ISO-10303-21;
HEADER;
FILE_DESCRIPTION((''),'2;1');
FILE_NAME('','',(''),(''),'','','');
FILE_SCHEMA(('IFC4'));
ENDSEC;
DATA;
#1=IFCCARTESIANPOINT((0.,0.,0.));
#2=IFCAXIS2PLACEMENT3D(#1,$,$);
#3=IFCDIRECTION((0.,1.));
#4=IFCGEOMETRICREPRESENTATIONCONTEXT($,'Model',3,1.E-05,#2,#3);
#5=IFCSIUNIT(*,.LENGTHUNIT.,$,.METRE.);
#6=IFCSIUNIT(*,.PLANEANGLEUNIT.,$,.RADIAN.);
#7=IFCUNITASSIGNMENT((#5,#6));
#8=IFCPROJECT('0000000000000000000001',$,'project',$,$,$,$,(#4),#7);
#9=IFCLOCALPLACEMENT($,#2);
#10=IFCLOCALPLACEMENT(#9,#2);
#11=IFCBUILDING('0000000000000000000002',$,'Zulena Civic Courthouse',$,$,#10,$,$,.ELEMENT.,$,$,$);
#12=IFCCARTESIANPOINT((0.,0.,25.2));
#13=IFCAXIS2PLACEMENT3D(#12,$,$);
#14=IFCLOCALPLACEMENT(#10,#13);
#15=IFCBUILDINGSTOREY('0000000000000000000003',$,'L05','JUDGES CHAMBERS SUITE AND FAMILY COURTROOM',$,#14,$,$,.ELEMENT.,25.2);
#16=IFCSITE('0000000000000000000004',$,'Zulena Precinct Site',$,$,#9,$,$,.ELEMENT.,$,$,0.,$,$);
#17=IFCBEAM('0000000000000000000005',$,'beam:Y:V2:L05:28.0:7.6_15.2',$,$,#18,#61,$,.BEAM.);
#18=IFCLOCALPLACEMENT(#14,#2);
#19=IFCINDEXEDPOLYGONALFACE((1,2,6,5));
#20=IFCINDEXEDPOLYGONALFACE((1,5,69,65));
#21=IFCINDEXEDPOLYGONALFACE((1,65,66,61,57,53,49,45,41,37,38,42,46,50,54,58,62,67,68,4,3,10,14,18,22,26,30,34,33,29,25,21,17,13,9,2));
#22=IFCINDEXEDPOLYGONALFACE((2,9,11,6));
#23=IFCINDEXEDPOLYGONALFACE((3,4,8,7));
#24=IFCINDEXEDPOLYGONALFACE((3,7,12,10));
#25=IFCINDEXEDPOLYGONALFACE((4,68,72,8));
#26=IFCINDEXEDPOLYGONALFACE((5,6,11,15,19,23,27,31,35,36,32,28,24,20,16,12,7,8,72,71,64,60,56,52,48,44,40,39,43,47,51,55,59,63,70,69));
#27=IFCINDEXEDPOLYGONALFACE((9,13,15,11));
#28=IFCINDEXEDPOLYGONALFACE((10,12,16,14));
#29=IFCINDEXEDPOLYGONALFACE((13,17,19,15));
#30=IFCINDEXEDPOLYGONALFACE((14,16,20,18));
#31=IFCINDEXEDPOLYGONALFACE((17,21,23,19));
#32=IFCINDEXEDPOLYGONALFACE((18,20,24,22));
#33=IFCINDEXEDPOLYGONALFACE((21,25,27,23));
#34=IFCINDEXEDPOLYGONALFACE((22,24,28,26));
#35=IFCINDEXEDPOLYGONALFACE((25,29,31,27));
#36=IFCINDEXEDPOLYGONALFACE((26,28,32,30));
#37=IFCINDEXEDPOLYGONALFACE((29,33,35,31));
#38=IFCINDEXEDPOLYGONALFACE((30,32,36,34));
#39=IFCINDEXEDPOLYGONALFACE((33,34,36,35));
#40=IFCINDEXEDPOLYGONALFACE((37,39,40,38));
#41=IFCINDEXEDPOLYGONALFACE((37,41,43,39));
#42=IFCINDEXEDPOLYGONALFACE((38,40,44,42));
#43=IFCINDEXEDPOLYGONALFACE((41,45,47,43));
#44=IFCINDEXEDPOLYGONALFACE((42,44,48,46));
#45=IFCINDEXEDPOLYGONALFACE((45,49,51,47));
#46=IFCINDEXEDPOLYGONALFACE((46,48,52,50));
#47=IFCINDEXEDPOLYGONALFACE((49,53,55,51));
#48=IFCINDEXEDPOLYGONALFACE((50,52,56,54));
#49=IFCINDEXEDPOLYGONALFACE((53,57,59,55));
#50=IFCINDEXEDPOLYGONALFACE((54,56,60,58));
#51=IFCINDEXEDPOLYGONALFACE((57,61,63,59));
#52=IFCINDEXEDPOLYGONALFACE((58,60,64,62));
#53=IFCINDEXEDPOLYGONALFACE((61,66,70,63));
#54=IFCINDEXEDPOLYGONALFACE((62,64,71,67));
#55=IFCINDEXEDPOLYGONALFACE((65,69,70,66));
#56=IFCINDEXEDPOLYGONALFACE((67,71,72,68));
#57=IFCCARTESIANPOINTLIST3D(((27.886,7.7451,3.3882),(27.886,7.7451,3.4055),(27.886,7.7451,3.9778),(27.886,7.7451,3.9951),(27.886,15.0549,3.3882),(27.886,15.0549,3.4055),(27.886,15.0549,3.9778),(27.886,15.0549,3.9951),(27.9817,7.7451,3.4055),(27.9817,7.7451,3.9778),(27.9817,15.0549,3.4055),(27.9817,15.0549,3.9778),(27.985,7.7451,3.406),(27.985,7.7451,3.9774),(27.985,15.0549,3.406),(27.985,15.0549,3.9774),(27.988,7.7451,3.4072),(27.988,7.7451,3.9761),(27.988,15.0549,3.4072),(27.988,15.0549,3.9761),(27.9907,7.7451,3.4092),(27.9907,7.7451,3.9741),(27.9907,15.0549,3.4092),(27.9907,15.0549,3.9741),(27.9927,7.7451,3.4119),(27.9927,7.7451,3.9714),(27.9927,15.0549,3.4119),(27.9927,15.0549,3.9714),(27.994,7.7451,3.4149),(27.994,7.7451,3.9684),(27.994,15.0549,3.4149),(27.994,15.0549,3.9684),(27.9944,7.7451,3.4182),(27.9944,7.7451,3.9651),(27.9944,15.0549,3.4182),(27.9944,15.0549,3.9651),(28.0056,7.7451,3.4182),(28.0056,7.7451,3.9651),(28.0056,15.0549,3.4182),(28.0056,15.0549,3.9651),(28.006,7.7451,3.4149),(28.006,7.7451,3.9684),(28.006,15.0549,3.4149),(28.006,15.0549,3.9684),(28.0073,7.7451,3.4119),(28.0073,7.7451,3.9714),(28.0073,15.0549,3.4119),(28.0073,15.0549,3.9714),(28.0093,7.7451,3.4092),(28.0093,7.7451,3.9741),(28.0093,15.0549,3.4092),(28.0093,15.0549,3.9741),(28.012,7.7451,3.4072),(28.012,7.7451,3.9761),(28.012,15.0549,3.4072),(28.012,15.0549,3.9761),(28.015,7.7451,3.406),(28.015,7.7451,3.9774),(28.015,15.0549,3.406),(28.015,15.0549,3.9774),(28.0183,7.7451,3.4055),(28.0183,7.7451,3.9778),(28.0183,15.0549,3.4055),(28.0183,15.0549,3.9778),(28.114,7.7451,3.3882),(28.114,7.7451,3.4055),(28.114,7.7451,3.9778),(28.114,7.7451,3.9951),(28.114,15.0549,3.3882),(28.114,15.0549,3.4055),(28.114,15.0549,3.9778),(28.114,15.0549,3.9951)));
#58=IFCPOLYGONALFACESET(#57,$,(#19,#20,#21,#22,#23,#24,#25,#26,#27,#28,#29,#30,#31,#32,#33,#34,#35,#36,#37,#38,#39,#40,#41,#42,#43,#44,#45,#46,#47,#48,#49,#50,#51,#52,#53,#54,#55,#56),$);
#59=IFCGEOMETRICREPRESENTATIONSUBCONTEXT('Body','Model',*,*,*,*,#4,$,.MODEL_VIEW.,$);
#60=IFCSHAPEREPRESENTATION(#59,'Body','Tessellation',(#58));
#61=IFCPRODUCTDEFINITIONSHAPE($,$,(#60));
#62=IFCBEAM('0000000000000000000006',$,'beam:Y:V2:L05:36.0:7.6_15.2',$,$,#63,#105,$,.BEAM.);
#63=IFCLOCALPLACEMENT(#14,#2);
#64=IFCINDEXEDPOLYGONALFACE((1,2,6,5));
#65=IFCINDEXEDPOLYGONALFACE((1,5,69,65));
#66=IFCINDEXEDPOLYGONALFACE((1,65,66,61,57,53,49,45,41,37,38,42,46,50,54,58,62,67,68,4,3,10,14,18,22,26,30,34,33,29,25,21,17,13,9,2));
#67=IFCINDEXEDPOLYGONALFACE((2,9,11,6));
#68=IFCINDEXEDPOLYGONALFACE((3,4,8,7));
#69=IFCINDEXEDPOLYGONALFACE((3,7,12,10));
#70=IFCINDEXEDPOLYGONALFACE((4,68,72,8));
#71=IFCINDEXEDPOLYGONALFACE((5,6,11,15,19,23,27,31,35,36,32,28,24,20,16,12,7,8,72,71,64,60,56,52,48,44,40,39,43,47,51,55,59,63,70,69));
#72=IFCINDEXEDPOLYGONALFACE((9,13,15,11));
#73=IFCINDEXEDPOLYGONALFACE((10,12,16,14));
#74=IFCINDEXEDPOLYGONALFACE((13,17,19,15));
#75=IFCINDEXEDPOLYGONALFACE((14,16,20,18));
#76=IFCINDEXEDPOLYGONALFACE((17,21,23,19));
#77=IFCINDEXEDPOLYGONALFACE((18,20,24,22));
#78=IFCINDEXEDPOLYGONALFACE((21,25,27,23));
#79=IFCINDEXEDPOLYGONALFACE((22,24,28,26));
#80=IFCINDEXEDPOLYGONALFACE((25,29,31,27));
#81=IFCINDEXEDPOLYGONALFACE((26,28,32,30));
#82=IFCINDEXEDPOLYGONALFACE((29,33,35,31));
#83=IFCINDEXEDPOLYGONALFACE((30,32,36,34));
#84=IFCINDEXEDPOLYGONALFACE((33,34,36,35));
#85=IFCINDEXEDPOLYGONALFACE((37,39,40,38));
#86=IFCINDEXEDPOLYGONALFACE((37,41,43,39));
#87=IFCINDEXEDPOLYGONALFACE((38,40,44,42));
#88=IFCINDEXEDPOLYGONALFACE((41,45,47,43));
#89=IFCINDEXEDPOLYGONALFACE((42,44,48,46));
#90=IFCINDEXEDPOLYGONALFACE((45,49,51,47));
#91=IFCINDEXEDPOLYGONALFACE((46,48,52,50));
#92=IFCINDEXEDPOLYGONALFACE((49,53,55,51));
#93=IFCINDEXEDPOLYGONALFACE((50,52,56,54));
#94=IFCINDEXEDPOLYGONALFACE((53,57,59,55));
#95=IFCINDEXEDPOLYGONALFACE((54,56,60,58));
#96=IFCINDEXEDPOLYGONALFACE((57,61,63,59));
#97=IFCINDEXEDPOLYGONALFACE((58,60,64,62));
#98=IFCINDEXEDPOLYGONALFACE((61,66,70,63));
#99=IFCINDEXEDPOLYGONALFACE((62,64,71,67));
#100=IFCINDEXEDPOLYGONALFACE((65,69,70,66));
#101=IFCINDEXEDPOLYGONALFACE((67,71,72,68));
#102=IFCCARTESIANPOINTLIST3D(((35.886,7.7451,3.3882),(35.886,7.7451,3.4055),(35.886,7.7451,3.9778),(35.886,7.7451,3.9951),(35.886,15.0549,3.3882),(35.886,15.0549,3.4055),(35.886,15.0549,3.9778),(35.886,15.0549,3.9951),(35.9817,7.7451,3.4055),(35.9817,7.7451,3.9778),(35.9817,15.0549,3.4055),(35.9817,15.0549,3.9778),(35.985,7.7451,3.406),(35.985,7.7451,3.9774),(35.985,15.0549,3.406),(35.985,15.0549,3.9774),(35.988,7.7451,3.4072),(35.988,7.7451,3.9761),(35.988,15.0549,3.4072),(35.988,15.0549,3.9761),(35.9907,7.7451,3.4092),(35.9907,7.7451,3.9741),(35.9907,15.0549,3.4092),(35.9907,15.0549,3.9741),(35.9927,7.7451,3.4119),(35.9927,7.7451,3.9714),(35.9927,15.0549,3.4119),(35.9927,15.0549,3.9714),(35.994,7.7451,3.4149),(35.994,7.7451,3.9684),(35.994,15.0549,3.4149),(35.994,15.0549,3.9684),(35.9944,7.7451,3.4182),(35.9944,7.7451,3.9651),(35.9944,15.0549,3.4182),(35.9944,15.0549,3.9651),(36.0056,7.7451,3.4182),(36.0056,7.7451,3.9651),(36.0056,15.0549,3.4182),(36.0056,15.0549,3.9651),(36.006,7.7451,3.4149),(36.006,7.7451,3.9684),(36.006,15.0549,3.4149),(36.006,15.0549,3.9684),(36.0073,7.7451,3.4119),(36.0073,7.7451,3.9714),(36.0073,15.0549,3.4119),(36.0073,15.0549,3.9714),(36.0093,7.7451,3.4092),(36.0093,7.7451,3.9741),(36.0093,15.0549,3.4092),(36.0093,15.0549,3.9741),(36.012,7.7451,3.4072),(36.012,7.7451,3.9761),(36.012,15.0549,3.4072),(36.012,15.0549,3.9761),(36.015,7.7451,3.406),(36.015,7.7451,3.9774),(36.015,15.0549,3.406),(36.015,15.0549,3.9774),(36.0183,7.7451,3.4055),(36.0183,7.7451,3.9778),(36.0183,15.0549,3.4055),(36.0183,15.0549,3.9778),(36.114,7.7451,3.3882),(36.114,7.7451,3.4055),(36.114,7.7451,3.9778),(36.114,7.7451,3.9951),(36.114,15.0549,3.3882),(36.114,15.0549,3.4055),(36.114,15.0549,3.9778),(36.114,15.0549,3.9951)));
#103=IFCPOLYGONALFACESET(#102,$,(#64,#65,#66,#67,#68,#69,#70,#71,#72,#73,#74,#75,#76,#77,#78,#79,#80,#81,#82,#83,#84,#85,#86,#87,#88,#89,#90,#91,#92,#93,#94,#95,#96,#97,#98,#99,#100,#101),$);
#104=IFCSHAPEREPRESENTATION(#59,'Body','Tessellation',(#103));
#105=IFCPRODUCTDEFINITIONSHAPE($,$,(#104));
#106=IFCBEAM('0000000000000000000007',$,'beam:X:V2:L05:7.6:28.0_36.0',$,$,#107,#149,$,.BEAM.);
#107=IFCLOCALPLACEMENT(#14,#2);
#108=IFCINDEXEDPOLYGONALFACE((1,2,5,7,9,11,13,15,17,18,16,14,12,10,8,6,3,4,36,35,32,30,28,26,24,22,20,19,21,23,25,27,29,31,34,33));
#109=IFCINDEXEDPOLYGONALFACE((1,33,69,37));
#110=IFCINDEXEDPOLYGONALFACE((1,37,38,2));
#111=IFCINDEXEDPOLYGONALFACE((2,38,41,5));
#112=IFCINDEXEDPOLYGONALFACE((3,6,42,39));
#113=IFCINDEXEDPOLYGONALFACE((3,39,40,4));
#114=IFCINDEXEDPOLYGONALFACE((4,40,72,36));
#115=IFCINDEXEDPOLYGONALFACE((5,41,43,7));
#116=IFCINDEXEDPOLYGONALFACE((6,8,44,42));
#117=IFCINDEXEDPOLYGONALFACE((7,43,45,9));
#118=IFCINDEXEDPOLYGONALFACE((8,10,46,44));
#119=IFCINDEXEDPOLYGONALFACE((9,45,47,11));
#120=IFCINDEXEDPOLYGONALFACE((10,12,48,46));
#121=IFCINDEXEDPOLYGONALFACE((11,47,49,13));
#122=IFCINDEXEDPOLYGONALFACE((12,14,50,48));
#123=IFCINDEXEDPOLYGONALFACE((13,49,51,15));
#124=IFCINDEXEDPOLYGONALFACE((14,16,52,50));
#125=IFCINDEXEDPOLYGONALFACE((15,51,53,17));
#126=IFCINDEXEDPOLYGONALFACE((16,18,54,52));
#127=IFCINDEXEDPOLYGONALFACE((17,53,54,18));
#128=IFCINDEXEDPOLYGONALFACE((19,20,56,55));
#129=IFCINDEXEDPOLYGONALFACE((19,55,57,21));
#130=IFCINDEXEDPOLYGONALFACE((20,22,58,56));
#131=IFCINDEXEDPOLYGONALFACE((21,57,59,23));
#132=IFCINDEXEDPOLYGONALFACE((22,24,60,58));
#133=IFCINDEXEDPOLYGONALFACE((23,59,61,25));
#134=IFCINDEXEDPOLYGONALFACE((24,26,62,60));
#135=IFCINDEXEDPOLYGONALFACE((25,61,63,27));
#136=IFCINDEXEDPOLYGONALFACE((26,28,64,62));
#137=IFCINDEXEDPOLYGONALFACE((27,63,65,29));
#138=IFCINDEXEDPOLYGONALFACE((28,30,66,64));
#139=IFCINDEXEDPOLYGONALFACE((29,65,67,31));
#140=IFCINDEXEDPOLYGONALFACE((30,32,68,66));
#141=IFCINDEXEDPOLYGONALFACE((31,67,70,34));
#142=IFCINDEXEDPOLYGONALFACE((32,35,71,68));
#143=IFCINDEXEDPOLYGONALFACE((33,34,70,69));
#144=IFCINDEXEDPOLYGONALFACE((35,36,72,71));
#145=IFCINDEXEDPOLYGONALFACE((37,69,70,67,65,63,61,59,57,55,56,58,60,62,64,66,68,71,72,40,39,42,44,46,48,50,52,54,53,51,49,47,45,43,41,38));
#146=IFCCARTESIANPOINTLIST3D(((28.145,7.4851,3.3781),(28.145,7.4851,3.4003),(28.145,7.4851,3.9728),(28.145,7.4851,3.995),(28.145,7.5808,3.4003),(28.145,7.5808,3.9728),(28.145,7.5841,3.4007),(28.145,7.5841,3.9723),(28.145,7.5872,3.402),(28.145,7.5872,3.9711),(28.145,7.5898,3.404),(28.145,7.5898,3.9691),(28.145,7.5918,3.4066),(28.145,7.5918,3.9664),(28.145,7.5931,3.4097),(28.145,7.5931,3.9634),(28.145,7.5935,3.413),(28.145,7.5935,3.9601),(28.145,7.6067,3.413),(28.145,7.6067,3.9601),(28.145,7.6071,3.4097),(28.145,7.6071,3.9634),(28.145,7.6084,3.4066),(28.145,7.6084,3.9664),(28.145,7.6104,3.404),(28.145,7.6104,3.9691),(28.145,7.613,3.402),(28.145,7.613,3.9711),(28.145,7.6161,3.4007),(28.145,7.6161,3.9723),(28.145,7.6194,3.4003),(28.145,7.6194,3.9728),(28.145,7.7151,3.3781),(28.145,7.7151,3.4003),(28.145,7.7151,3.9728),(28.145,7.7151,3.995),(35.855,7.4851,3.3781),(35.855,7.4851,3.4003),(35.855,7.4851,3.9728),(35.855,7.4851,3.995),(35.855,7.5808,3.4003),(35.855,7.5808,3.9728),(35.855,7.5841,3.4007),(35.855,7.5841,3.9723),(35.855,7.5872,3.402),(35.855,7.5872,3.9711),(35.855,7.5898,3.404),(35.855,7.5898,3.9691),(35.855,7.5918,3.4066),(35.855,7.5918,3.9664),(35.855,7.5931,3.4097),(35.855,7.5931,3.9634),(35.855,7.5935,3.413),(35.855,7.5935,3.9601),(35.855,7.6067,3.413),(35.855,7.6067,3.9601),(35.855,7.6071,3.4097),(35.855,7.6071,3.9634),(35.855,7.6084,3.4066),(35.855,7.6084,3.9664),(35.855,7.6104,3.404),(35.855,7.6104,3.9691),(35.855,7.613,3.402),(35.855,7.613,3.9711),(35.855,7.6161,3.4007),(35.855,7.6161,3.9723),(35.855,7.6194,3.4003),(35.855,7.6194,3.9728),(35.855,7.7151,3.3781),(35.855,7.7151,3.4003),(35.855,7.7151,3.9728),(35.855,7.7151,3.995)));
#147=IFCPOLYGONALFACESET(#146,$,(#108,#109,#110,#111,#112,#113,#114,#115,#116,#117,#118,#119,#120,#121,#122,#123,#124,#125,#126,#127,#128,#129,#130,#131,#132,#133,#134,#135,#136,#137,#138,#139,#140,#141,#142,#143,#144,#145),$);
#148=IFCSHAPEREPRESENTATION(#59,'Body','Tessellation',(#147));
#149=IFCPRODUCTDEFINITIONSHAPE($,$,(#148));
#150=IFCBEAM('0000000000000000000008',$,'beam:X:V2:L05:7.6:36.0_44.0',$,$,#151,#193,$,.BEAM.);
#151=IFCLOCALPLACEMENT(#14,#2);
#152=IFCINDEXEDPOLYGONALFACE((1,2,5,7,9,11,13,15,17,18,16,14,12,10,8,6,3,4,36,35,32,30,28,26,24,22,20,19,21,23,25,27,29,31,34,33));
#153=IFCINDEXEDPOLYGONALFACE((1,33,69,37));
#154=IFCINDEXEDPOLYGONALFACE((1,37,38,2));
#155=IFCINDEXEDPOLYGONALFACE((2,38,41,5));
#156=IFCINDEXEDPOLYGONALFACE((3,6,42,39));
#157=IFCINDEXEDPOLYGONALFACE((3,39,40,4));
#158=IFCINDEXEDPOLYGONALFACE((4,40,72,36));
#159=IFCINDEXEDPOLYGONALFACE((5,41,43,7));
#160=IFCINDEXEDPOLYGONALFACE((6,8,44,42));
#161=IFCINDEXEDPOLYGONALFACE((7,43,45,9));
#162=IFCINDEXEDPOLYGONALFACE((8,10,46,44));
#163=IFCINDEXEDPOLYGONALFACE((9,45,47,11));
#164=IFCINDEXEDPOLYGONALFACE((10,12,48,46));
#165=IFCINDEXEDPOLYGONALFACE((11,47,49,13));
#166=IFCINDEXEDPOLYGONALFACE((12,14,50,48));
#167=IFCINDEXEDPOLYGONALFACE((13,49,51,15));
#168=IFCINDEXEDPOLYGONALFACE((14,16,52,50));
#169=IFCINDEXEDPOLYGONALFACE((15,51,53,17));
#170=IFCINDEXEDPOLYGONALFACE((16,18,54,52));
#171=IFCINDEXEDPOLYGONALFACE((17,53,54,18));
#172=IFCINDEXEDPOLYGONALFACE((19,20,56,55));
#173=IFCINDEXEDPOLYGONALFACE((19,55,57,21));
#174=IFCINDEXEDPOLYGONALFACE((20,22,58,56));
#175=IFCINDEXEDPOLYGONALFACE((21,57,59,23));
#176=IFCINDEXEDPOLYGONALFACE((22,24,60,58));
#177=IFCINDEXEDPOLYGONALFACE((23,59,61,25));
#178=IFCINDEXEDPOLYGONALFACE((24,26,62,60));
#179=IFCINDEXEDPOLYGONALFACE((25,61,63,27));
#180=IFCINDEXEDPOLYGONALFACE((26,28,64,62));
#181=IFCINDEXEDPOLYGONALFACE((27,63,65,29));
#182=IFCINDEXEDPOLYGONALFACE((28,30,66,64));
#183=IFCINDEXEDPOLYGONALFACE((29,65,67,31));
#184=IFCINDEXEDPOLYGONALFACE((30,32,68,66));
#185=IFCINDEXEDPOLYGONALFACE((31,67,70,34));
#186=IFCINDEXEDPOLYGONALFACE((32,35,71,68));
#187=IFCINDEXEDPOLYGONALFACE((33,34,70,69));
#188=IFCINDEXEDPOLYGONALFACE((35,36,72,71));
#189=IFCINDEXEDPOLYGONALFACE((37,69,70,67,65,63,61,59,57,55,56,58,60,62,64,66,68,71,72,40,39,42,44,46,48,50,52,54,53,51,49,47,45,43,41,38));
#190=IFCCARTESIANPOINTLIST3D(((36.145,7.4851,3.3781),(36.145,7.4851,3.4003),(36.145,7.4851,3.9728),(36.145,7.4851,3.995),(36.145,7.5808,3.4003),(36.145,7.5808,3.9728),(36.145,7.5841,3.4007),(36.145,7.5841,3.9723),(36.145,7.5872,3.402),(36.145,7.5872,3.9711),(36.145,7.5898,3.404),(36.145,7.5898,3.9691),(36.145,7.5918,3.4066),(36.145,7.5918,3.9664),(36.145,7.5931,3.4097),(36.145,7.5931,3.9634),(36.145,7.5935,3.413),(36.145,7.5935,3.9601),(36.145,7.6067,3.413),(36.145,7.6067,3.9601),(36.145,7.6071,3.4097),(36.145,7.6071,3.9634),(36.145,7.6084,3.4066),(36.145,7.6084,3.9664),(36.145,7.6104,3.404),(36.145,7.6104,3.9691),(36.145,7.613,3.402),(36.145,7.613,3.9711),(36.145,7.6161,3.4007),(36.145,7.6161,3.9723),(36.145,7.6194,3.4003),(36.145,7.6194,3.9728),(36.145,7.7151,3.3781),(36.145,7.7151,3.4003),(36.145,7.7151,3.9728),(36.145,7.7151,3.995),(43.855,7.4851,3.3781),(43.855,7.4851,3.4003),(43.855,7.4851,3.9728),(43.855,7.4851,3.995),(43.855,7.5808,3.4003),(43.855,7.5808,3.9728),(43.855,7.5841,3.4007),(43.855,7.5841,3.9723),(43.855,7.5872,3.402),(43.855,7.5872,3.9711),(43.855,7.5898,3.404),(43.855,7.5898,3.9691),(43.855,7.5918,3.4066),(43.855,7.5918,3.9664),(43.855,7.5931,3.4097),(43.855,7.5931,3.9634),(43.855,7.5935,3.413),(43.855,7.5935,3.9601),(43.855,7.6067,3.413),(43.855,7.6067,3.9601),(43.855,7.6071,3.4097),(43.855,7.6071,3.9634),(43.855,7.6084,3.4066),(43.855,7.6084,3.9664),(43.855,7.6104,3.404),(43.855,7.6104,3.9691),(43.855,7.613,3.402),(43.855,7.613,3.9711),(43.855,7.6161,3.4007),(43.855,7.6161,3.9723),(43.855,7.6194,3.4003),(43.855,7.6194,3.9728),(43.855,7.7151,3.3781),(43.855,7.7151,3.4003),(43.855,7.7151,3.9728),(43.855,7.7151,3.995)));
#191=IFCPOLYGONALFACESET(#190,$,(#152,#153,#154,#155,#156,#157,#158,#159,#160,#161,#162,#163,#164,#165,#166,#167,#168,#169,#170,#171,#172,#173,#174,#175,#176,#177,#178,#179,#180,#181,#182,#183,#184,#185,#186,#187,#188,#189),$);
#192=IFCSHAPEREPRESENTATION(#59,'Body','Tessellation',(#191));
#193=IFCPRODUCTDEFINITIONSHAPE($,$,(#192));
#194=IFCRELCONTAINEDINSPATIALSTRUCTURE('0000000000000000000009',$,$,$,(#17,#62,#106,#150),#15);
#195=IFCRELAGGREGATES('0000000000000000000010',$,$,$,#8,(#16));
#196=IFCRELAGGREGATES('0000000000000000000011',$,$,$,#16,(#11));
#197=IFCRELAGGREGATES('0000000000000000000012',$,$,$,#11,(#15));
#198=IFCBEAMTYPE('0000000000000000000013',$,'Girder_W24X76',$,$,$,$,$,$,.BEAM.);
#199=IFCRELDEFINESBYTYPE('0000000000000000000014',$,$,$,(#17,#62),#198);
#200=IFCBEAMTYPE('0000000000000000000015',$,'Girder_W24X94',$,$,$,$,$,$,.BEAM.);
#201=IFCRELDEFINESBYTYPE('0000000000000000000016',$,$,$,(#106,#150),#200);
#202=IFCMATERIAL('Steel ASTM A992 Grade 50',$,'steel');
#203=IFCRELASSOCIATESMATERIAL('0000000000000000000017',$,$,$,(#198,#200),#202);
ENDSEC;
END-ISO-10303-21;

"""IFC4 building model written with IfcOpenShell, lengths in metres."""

from ifc_helpers import new_model, si_unit, direction, frame, origin, origin_2d, place, context, subcontext, project, spatial, i_section, extrude, material, material_profile, profile_set, type_object, element, save


model = new_model("IFC4")

# Units and contexts
model_context = context("Model", 3, precision=1e-05, world=origin(), true_north=direction((0.0, 1.0)))
body_context = subcontext(model_context, "Body", "Model", "MODEL_VIEW")
ifc_project = project(units=[si_unit("LENGTHUNIT", "METRE"), si_unit("PLANEANGLEUNIT", "RADIAN")], contexts=[model_context])

# Site, building, storey
site_placement = place(None, origin())
site = spatial("IfcSite", under=ifc_project, at=site_placement, Name="Zulena Precinct Site", CompositionType="ELEMENT", RefElevation=0.0)
building_placement = place(site_placement, origin())
building = spatial("IfcBuilding", under=site, at=building_placement, Name="Zulena Civic Courthouse", CompositionType="ELEMENT")
storey_placement = place(building_placement, frame((0.0, 0.0, 25.2)))
storey = spatial("IfcBuildingStorey", under=building, at=storey_placement, Name="L05", Description="JUDGES CHAMBERS SUITE AND FAMILY COURTROOM", CompositionType="ELEMENT", Elevation=25.2)

# Shared definitions
ifc_material_1 = material(Name="Steel ASTM A992 Grade 50", Category="steel")

# Beams
ifc_material_profile_1 = material_profile(ifc_material_1, i_section(OverallWidth=0.228, OverallDepth=0.6069, WebThickness=0.0112, FlangeThickness=0.0173, FilletRadius=0.0127, at=origin_2d()), Name="W24X76")
ifc_profile_set_1 = profile_set([ifc_material_profile_1], Name="Steel ASTM A992 Grade 50")
beam_type_1 = type_object("IfcBeamType", Name="Girder_W24X76", PredefinedType="BEAM", material=ifc_profile_set_1)
for number, where, z_axis, x_axis, name in (
    (1, (28.0, 7.7451, 3.6917), (0.0, 1.0, 0.0), (-1.0, 0.0, 0.0), "beam:Y:V2:L05:28.0:7.6_15.2"),
    (2, (36.0, 7.7451, 3.6917), (0.0, 1.0, 0.0), (-1.0, 0.0, 0.0), "beam:Y:V2:L05:36.0:7.6_15.2"),
):
    element("IfcBeam", number, at=place(storey_placement, frame(where, z_axis=z_axis, x_axis=x_axis)), inside=storey, type_object=beam_type_1, Name=name, PredefinedType="BEAM", context=body_context, shape_type="SweptSolid", body=[
        extrude(i_section(OverallWidth=0.228, OverallDepth=0.6069, WebThickness=0.0112, FlangeThickness=0.0173, FilletRadius=0.0127, at=origin_2d()), origin(), (0.0, 0.0, 1.0), 7.3098),
    ])
ifc_material_profile_2 = material_profile(ifc_material_1, i_section(OverallWidth=0.23, OverallDepth=0.6169, WebThickness=0.0132, FlangeThickness=0.0222, FilletRadius=0.0127, at=origin_2d()), Name="W24X94")
ifc_profile_set_2 = profile_set([ifc_material_profile_2], Name="Steel ASTM A992 Grade 50")
beam_type_2 = type_object("IfcBeamType", Name="Girder_W24X94", PredefinedType="BEAM", material=ifc_profile_set_2)
for number, where, z_axis, x_axis, name in (
    (3, (28.145, 7.6001, 3.6865), (1.0, 0.0, 0.0), (0.0, 1.0, 0.0), "beam:X:V2:L05:7.6:28.0_36.0"),
    (4, (36.145, 7.6001, 3.6865), (1.0, 0.0, 0.0), (0.0, 1.0, 0.0), "beam:X:V2:L05:7.6:36.0_44.0"),
):
    element("IfcBeam", number, at=place(storey_placement, frame(where, z_axis=z_axis, x_axis=x_axis)), inside=storey, type_object=beam_type_2, Name=name, PredefinedType="BEAM", context=body_context, shape_type="SweptSolid", body=[
        extrude(i_section(OverallWidth=0.23, OverallDepth=0.6169, WebThickness=0.0132, FlangeThickness=0.0222, FilletRadius=0.0127, at=origin_2d()), origin(), (0.0, 0.0, 1.0), 7.71),
    ])

save(model, "model.ifc")
